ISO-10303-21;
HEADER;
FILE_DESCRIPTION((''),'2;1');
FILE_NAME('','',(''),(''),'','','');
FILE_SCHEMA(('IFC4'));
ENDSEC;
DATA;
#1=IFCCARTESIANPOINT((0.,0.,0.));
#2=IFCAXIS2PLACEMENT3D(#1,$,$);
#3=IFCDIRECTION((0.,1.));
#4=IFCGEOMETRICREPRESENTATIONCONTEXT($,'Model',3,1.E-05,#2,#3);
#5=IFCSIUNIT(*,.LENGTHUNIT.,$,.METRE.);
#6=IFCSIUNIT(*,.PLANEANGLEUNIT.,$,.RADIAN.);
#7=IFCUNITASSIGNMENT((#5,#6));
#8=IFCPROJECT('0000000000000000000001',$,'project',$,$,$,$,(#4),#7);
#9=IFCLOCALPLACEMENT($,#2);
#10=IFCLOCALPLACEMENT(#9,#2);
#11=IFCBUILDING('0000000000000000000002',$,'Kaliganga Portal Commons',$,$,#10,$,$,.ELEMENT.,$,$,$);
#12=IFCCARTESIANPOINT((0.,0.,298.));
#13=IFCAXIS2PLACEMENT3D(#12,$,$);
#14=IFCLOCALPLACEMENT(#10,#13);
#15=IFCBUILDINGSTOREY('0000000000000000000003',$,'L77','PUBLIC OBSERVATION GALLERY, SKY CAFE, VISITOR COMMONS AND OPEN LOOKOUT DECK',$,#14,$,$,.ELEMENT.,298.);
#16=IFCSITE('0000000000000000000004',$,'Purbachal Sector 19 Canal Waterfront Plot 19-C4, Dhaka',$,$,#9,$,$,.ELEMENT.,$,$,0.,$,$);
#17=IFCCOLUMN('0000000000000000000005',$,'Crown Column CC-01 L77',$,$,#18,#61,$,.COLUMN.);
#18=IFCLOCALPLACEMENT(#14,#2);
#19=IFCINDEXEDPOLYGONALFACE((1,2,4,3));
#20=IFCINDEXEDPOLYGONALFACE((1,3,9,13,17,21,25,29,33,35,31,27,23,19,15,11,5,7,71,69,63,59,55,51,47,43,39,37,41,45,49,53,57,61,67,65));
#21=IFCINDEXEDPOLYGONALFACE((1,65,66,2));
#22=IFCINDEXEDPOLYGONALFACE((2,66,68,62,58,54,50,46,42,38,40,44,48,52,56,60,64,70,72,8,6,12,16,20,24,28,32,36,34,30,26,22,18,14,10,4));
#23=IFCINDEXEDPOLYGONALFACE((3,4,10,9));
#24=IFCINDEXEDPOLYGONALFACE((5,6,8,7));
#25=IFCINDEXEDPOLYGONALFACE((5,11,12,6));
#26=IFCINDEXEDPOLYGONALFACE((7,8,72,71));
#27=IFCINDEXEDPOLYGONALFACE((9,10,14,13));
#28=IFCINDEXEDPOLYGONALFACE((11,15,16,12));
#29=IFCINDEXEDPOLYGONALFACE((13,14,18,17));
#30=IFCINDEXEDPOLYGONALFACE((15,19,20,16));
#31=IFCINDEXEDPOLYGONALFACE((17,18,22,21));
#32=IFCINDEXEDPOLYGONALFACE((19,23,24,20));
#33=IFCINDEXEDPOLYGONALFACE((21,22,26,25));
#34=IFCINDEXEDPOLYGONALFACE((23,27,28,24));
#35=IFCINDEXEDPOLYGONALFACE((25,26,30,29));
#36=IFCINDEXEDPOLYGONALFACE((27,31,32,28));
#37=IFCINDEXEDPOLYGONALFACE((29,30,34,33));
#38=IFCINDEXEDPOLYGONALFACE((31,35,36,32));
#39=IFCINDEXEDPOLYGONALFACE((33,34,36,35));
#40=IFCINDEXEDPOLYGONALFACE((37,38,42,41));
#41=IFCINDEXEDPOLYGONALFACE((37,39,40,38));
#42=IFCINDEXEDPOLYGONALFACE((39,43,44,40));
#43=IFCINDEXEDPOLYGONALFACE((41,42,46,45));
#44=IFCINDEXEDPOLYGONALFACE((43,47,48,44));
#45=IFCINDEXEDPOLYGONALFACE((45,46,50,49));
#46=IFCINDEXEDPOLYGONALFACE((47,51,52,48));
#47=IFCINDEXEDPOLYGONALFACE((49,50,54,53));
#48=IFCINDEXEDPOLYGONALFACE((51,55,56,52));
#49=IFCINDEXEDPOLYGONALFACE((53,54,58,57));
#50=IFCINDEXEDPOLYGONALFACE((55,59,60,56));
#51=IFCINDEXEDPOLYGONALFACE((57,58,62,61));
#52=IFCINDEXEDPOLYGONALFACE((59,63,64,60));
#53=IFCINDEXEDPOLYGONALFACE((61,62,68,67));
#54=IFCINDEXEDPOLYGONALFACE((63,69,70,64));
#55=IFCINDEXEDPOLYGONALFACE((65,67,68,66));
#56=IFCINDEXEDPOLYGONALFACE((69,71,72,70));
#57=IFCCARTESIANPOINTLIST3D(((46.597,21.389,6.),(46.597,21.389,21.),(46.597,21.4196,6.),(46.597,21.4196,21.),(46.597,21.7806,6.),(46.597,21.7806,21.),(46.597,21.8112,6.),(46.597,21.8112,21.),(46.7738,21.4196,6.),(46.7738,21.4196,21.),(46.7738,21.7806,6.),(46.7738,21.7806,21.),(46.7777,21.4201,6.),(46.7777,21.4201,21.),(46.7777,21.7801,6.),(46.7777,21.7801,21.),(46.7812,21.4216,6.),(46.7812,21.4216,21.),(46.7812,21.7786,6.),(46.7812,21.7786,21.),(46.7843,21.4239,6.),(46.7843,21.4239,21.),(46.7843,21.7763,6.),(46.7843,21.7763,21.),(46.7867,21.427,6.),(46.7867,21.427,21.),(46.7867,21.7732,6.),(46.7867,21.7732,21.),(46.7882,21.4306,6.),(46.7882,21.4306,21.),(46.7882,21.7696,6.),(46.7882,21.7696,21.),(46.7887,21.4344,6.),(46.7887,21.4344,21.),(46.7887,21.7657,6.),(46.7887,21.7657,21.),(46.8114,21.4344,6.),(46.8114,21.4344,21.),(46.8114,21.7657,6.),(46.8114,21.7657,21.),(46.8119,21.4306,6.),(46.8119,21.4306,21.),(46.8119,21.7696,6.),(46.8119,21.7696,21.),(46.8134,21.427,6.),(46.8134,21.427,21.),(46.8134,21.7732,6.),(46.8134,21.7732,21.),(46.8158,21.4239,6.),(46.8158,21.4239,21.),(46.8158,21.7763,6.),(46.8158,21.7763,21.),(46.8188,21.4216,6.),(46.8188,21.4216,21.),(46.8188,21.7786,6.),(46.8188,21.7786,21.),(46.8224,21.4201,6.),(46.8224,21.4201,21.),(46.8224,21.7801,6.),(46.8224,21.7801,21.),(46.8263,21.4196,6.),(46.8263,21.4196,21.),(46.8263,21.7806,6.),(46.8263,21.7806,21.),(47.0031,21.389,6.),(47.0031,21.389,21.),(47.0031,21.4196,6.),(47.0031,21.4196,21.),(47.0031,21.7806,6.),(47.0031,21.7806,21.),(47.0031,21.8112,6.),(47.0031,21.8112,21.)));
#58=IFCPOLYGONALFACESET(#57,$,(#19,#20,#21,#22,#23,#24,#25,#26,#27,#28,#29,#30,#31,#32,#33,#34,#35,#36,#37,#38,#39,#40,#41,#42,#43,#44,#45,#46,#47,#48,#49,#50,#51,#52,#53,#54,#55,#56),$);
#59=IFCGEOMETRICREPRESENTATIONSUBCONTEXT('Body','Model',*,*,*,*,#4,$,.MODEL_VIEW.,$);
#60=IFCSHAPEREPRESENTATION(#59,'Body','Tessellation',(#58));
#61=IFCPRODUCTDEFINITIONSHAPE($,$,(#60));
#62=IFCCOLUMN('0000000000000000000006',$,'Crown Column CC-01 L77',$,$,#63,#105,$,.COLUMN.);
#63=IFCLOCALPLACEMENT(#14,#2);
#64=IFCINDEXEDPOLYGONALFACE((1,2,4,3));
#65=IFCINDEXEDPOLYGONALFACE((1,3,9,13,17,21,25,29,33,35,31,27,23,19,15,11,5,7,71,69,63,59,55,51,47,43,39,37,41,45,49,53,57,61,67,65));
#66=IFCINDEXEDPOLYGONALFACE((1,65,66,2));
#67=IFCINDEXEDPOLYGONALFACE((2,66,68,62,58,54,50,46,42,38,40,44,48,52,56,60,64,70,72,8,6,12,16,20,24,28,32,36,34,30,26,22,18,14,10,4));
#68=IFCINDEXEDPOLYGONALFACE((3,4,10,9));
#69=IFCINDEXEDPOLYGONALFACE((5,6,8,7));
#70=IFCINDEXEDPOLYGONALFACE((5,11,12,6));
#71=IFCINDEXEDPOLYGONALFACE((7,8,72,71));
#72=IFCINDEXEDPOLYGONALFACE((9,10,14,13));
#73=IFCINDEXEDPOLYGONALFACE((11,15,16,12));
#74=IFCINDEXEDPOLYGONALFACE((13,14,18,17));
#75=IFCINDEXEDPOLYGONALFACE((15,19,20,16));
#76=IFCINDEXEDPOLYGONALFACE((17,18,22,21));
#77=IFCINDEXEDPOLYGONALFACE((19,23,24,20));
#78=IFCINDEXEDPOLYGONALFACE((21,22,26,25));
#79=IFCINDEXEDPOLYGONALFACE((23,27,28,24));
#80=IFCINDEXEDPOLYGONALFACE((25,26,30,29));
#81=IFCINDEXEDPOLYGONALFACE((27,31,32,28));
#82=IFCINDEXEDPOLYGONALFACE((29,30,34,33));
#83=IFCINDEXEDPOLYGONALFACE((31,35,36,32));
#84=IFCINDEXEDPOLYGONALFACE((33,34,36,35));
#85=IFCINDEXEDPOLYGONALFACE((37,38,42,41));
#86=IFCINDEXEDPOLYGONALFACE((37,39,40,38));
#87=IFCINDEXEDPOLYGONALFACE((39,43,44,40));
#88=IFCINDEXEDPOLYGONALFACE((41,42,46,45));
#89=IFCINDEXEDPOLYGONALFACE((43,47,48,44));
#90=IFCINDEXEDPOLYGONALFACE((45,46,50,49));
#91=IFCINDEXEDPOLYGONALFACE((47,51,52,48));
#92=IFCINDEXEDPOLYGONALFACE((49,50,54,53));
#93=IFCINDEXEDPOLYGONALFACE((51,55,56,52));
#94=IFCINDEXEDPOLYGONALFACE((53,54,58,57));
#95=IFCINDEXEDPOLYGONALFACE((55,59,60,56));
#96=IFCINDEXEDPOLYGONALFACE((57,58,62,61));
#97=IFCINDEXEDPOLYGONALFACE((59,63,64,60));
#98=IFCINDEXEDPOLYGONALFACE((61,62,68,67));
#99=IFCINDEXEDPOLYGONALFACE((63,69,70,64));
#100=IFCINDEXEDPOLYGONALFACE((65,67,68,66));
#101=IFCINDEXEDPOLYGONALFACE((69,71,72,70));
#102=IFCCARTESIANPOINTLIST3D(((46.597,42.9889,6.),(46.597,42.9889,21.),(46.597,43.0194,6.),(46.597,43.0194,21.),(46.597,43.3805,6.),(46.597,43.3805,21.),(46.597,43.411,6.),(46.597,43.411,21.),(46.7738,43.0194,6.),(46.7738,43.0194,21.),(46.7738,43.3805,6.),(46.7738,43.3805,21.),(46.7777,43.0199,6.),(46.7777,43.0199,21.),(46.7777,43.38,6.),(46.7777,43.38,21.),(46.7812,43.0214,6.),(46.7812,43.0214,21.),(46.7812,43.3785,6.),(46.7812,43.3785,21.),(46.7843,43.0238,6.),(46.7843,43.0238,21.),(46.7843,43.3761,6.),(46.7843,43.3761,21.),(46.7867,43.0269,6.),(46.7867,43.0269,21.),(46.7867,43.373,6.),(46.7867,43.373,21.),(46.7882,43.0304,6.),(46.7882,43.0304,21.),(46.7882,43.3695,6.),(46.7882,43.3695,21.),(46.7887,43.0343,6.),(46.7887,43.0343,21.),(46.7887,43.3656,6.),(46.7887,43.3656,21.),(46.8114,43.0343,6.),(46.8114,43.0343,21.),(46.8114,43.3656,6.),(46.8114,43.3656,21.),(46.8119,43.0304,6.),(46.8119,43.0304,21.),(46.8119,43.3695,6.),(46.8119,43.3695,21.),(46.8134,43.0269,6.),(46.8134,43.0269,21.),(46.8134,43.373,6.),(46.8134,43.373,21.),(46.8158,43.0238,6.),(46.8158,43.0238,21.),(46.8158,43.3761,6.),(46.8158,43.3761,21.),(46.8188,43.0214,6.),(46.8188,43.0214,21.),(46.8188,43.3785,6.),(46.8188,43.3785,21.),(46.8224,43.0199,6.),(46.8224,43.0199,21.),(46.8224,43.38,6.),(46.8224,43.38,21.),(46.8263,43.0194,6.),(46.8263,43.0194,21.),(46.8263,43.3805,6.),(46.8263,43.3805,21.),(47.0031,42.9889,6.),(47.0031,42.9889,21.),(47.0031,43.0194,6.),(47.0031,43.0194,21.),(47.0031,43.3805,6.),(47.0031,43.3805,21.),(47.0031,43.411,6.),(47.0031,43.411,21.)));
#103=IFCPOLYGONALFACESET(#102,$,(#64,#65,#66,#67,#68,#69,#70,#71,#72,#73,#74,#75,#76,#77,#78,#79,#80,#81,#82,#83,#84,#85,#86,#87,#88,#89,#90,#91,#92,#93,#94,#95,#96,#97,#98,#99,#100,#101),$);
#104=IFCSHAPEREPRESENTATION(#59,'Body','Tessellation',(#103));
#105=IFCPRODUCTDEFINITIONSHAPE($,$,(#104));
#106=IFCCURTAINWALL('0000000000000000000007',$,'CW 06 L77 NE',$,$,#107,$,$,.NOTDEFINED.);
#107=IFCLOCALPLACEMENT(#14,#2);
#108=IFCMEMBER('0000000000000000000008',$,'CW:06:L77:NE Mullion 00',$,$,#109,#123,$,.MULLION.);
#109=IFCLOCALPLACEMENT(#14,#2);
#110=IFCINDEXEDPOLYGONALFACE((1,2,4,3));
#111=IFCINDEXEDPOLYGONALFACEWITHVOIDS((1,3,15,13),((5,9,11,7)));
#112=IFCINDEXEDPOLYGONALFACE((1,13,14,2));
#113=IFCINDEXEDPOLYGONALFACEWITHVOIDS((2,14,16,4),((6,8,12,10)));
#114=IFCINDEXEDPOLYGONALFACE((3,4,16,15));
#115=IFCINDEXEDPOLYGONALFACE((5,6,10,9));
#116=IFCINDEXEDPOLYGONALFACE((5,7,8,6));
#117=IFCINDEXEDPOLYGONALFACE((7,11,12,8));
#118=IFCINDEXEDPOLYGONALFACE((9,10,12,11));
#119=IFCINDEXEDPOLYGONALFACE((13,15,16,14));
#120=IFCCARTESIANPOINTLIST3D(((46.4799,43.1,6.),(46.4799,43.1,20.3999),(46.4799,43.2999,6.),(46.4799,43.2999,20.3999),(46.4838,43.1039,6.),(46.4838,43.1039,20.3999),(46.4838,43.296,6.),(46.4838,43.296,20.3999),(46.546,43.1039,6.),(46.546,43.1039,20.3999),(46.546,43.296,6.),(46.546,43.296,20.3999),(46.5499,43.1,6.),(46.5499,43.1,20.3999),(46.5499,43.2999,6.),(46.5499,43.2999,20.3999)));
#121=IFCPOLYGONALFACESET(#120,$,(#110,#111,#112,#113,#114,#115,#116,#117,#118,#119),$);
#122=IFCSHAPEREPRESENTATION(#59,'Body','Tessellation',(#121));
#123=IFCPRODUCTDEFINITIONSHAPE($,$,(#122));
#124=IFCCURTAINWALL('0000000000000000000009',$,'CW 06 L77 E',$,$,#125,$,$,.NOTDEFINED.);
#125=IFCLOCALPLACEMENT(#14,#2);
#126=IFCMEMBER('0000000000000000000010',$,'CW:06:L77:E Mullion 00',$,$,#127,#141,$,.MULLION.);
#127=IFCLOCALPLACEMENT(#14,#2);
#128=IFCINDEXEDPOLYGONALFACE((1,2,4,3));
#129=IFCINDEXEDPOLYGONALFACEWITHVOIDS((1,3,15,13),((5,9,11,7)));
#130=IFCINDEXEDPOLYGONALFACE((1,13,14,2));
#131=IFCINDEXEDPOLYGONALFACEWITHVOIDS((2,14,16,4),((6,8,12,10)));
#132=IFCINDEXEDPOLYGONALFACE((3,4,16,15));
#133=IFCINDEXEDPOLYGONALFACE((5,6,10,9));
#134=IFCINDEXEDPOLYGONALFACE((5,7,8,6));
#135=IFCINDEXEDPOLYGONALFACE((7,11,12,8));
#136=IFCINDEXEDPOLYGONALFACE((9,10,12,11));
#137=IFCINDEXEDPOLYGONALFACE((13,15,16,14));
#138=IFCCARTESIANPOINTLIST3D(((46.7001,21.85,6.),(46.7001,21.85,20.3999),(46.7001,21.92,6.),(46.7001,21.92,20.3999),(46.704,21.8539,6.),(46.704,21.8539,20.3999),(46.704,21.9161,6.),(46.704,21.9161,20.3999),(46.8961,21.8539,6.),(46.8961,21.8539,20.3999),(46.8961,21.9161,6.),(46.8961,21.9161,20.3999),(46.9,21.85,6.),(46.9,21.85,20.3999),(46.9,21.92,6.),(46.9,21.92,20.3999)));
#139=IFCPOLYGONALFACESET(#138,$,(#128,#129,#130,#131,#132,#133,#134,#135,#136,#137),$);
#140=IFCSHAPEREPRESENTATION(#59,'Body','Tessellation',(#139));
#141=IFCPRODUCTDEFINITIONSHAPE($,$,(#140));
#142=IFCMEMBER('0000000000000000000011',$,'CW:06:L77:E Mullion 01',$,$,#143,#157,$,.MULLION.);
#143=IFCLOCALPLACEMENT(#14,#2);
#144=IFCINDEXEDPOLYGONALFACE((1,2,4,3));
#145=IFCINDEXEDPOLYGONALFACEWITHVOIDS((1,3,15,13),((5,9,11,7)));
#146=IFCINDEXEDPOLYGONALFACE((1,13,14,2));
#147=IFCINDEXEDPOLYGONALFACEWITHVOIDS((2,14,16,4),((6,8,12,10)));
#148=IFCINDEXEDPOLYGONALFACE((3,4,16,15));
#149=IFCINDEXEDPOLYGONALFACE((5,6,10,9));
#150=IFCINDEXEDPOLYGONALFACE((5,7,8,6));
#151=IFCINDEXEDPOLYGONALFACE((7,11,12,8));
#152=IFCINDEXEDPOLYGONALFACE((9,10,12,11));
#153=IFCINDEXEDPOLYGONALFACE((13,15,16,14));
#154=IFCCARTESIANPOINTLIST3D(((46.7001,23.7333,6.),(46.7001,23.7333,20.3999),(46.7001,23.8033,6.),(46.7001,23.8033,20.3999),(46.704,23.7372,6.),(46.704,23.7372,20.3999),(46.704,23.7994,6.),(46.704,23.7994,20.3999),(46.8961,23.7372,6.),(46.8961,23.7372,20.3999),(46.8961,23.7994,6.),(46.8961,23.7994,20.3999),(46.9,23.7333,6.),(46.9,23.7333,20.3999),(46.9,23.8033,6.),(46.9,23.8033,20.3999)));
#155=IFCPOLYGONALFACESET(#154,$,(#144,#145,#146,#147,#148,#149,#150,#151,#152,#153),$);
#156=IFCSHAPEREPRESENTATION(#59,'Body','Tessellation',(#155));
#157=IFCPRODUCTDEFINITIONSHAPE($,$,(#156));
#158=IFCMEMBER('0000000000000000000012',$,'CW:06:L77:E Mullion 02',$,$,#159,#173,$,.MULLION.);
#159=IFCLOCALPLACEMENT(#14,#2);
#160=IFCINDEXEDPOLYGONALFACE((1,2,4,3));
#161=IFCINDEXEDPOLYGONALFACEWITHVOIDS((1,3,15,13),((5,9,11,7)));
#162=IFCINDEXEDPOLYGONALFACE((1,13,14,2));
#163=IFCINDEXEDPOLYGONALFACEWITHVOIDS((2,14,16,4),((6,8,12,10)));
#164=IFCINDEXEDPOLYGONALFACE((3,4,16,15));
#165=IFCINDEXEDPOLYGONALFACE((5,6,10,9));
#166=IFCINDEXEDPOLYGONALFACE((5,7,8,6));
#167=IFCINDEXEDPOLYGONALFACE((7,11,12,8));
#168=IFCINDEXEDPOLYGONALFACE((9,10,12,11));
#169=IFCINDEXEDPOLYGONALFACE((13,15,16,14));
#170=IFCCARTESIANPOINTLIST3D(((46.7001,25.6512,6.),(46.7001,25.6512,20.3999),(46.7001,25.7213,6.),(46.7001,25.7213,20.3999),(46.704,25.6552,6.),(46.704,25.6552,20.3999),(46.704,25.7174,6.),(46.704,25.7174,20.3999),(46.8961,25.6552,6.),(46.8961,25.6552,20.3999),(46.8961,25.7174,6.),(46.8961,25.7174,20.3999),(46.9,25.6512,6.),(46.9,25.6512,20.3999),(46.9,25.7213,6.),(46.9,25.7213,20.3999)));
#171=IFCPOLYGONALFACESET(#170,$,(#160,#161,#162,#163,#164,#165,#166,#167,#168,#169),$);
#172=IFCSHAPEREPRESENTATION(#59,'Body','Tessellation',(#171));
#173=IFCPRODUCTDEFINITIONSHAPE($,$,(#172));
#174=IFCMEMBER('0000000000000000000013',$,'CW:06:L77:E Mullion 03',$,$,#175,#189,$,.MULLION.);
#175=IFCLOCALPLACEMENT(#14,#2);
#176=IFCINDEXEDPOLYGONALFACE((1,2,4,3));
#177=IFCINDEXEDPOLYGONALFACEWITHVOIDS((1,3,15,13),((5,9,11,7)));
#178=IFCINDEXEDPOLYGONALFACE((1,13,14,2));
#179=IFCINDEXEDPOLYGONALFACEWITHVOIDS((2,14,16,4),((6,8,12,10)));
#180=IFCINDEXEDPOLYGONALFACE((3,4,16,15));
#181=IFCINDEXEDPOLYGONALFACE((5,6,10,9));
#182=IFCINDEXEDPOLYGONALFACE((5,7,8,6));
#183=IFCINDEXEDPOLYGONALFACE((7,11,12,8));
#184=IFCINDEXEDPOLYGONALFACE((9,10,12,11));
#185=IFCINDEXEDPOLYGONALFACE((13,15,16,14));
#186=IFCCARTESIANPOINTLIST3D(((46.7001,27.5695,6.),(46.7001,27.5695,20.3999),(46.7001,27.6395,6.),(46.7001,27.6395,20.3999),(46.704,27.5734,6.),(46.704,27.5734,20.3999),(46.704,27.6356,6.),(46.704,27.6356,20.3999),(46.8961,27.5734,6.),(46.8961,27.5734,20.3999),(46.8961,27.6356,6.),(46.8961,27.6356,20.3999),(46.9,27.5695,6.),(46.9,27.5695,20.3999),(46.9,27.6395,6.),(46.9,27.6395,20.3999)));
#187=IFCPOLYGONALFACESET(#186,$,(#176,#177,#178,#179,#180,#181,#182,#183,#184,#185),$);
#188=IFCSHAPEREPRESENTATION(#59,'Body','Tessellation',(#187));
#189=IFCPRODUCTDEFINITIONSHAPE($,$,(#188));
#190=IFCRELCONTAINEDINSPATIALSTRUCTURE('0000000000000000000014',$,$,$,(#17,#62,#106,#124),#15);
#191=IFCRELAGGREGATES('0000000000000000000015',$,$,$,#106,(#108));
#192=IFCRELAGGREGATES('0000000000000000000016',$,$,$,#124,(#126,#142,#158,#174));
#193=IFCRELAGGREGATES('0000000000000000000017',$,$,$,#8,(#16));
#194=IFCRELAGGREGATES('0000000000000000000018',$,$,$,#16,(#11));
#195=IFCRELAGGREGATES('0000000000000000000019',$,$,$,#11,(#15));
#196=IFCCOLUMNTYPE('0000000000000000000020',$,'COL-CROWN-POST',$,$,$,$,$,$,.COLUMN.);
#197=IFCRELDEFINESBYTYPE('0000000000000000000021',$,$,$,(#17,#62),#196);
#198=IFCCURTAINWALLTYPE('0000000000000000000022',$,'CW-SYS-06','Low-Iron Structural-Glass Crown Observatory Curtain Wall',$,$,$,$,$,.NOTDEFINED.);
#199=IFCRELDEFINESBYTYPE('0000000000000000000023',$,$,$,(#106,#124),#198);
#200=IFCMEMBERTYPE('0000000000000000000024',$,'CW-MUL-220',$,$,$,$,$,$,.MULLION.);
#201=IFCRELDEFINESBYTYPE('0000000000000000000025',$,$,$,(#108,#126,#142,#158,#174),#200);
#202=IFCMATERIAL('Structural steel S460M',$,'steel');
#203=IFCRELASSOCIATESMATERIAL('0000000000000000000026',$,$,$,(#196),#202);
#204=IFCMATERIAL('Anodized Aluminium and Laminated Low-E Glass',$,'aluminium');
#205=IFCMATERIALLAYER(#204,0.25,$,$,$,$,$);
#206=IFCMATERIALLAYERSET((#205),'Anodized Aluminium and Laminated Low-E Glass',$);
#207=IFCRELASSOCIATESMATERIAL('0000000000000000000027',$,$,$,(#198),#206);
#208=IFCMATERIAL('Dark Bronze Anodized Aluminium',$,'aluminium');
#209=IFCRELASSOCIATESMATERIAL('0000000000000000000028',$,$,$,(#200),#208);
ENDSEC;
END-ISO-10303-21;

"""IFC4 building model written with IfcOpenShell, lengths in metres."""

from ifc_helpers import new_model, si_unit, direction, frame, origin, origin_2d, place, context, subcontext, project, spatial, hollow_rectangle, i_section, extrude, source, transform, mapped, material, layer, layer_set, material_profile, profile_set, type_object, element, aggregate, save


model = new_model("IFC4")

# Units and contexts
model_context = context("Model", 3, precision=1e-05, world=origin(), true_north=direction((0.0, 1.0)))
body_context = subcontext(model_context, "Body", "Model", "MODEL_VIEW")
ifc_project = project(units=[si_unit("LENGTHUNIT", "METRE"), si_unit("PLANEANGLEUNIT", "RADIAN")], contexts=[model_context])

# Site, building, storey
site_placement = place(None, origin())
site = spatial("IfcSite", under=ifc_project, at=site_placement, Name="Purbachal Sector 19 Canal Waterfront Plot 19-C4, Dhaka", CompositionType="ELEMENT", RefElevation=0.0)
building_placement = place(site_placement, origin())
building = spatial("IfcBuilding", under=site, at=building_placement, Name="Kaliganga Portal Commons", CompositionType="ELEMENT")
storey_placement = place(building_placement, frame((0.0, 0.0, 298.0)))
storey = spatial("IfcBuildingStorey", under=building, at=storey_placement, Name="L77", Description="PUBLIC OBSERVATION GALLERY, SKY CAFE, VISITOR COMMONS AND OPEN LOOKOUT DECK", CompositionType="ELEMENT", Elevation=298.0)

# Columns
ifc_material_1 = material(Name="Structural steel S460M", Category="steel")
ifc_material_profile_1 = material_profile(ifc_material_1, i_section(OverallWidth=0.406, OverallDepth=0.4221, WebThickness=0.0227, FlangeThickness=0.0305, FilletRadius=0.0149, at=origin_2d()), Name="HD 400x382")
ifc_profile_set_1 = profile_set([ifc_material_profile_1], Name="Structural steel S460M wide-flange")
column_type = type_object("IfcColumnType", Name="COL-CROWN-POST", PredefinedType="COLUMN", material=ifc_profile_set_1)
shared_shape_1 = source(origin(), body_context, "Body", "SweptSolid", [
    extrude(i_section(OverallWidth=0.406, OverallDepth=0.4221, WebThickness=0.0227, FlangeThickness=0.0305, FilletRadius=0.0149, at=origin_2d()), origin(), (0.0, 0.0, 1.0), 15.0),
])
for number, where, z_axis, x_axis, name in (
    (1, (46.8, 21.6001, 6.0), (0.0, 0.0, 1.0), (1.0, 0.0, 0.0), "Crown Column CC-01 L77"),
    (2, (46.8, 43.2, 6.0), (0.0, 0.0, 1.0), (1.0, 0.0, 0.0), "Crown Column CC-01 L77"),
):
    element("IfcColumn", number, at=place(storey_placement, frame(where, z_axis=z_axis, x_axis=x_axis)), inside=storey, type_object=column_type, Name=name, PredefinedType="COLUMN", context=body_context, shape_type="MappedRepresentation", body=[
        mapped(shared_shape_1, transform((0.0, 0.0, 0.0), x_axis=(1.0, 0.0, 0.0), y_axis=(0.0, 1.0, 0.0), z_axis=(0.0, 0.0, 1.0), scale=1.0)),
    ])

# Curtain wall, member
ifc_material_2 = material(Name="Anodized Aluminium and Laminated Low-E Glass", Category="aluminium")
ifc_layer_1 = layer(ifc_material_2, 0.25)
ifc_layer_set_1 = layer_set([ifc_layer_1], Name="Anodized Aluminium and Laminated Low-E Glass")
curtain_wall_type = type_object("IfcCurtainWallType", Name="CW-SYS-06", Description="Low-Iron Structural-Glass Crown Observatory Curtain Wall", PredefinedType="NOTDEFINED", material=ifc_layer_set_1)
curtain_wall_1_placement = place(storey_placement, origin())
curtain_wall_1 = element("IfcCurtainWall", 3, at=curtain_wall_1_placement, inside=storey, type_object=curtain_wall_type, Name="CW 06 L77 NE", PredefinedType="NOTDEFINED")
ifc_material_3 = material(Name="Dark Bronze Anodized Aluminium", Category="aluminium")
ifc_material_profile_2 = material_profile(ifc_material_3, hollow_rectangle(XDim=0.0701, YDim=0.2, WallThickness=0.0039, at=origin_2d()), Name="ALU MULL 70x200x4")
ifc_profile_set_2 = profile_set([ifc_material_profile_2], Name="Dark Bronze Anodized Aluminium")
member_type_1 = type_object("IfcMemberType", Name="CW-MUL-220", PredefinedType="MULLION", material=ifc_profile_set_2)
shared_shape_2 = source(origin(), body_context, "Body", "SweptSolid", [
    extrude(hollow_rectangle(XDim=0.0701, YDim=0.2, WallThickness=0.0039, at=origin_2d()), origin(), (0.0, 0.0, 1.0), 14.3999),
])
member_1_placement = place(storey_placement, frame((46.5149, 43.2, 6.0), z_axis=(0.0, 0.0, 1.0), x_axis=(-1.0, 0.0, 0.0)))
member_1 = element("IfcMember", 4, at=member_1_placement, type_object=member_type_1, Name="CW:06:L77:NE Mullion 00", PredefinedType="MULLION", context=body_context, shape_type="MappedRepresentation", body=[
    mapped(shared_shape_2, transform((0.0, 0.0, 0.0), x_axis=(1.0, 0.0, 0.0), y_axis=(0.0, 1.0, 0.0), z_axis=(0.0, 0.0, 1.0), scale=1.0)),
])

# Curtain wall, members
curtain_wall_2_placement = place(storey_placement, origin())
curtain_wall_2 = element("IfcCurtainWall", 5, at=curtain_wall_2_placement, inside=storey, type_object=curtain_wall_type, Name="CW 06 L77 E", PredefinedType="NOTDEFINED")
member_2_placement = place(storey_placement, frame((46.8, 21.885, 6.0), z_axis=(0.0, 0.0, 1.0), x_axis=(0.0, 1.0, 0.0)))
member_2 = element("IfcMember", 6, at=member_2_placement, type_object=member_type_1, Name="CW:06:L77:E Mullion 00", PredefinedType="MULLION", context=body_context, shape_type="MappedRepresentation", body=[
    mapped(shared_shape_2, transform((0.0, 0.0, 0.0), x_axis=(1.0, 0.0, 0.0), y_axis=(0.0, 1.0, 0.0), z_axis=(0.0, 0.0, 1.0), scale=1.0)),
])
member_3_placement = place(storey_placement, frame((46.8, 23.7683, 6.0), z_axis=(0.0, 0.0, 1.0), x_axis=(0.0, 1.0, 0.0)))
member_3 = element("IfcMember", 7, at=member_3_placement, type_object=member_type_1, Name="CW:06:L77:E Mullion 01", PredefinedType="MULLION", context=body_context, shape_type="MappedRepresentation", body=[
    mapped(shared_shape_2, transform((0.0, 0.0, 0.0), x_axis=(1.0, 0.0, 0.0), y_axis=(0.0, 1.0, 0.0), z_axis=(0.0, 0.0, 1.0), scale=1.0)),
])
member_4_placement = place(storey_placement, frame((46.8, 25.6863, 6.0), z_axis=(0.0, 0.0, 1.0), x_axis=(0.0, 1.0, 0.0)))
member_4 = element("IfcMember", 8, at=member_4_placement, type_object=member_type_1, Name="CW:06:L77:E Mullion 02", PredefinedType="MULLION", context=body_context, shape_type="MappedRepresentation", body=[
    mapped(shared_shape_2, transform((0.0, 0.0, 0.0), x_axis=(1.0, 0.0, 0.0), y_axis=(0.0, 1.0, 0.0), z_axis=(0.0, 0.0, 1.0), scale=1.0)),
])
member_5_placement = place(storey_placement, frame((46.8, 27.6045, 6.0), z_axis=(0.0, 0.0, 1.0), x_axis=(0.0, 1.0, 0.0)))
member_5 = element("IfcMember", 9, at=member_5_placement, type_object=member_type_1, Name="CW:06:L77:E Mullion 03", PredefinedType="MULLION", context=body_context, shape_type="MappedRepresentation", body=[
    mapped(shared_shape_2, transform((0.0, 0.0, 0.0), x_axis=(1.0, 0.0, 0.0), y_axis=(0.0, 1.0, 0.0), z_axis=(0.0, 0.0, 1.0), scale=1.0)),
])

aggregate(curtain_wall_1, [member_1])

aggregate(curtain_wall_2, [member_2, member_3, member_4, member_5])

save(model, "model.ifc")
